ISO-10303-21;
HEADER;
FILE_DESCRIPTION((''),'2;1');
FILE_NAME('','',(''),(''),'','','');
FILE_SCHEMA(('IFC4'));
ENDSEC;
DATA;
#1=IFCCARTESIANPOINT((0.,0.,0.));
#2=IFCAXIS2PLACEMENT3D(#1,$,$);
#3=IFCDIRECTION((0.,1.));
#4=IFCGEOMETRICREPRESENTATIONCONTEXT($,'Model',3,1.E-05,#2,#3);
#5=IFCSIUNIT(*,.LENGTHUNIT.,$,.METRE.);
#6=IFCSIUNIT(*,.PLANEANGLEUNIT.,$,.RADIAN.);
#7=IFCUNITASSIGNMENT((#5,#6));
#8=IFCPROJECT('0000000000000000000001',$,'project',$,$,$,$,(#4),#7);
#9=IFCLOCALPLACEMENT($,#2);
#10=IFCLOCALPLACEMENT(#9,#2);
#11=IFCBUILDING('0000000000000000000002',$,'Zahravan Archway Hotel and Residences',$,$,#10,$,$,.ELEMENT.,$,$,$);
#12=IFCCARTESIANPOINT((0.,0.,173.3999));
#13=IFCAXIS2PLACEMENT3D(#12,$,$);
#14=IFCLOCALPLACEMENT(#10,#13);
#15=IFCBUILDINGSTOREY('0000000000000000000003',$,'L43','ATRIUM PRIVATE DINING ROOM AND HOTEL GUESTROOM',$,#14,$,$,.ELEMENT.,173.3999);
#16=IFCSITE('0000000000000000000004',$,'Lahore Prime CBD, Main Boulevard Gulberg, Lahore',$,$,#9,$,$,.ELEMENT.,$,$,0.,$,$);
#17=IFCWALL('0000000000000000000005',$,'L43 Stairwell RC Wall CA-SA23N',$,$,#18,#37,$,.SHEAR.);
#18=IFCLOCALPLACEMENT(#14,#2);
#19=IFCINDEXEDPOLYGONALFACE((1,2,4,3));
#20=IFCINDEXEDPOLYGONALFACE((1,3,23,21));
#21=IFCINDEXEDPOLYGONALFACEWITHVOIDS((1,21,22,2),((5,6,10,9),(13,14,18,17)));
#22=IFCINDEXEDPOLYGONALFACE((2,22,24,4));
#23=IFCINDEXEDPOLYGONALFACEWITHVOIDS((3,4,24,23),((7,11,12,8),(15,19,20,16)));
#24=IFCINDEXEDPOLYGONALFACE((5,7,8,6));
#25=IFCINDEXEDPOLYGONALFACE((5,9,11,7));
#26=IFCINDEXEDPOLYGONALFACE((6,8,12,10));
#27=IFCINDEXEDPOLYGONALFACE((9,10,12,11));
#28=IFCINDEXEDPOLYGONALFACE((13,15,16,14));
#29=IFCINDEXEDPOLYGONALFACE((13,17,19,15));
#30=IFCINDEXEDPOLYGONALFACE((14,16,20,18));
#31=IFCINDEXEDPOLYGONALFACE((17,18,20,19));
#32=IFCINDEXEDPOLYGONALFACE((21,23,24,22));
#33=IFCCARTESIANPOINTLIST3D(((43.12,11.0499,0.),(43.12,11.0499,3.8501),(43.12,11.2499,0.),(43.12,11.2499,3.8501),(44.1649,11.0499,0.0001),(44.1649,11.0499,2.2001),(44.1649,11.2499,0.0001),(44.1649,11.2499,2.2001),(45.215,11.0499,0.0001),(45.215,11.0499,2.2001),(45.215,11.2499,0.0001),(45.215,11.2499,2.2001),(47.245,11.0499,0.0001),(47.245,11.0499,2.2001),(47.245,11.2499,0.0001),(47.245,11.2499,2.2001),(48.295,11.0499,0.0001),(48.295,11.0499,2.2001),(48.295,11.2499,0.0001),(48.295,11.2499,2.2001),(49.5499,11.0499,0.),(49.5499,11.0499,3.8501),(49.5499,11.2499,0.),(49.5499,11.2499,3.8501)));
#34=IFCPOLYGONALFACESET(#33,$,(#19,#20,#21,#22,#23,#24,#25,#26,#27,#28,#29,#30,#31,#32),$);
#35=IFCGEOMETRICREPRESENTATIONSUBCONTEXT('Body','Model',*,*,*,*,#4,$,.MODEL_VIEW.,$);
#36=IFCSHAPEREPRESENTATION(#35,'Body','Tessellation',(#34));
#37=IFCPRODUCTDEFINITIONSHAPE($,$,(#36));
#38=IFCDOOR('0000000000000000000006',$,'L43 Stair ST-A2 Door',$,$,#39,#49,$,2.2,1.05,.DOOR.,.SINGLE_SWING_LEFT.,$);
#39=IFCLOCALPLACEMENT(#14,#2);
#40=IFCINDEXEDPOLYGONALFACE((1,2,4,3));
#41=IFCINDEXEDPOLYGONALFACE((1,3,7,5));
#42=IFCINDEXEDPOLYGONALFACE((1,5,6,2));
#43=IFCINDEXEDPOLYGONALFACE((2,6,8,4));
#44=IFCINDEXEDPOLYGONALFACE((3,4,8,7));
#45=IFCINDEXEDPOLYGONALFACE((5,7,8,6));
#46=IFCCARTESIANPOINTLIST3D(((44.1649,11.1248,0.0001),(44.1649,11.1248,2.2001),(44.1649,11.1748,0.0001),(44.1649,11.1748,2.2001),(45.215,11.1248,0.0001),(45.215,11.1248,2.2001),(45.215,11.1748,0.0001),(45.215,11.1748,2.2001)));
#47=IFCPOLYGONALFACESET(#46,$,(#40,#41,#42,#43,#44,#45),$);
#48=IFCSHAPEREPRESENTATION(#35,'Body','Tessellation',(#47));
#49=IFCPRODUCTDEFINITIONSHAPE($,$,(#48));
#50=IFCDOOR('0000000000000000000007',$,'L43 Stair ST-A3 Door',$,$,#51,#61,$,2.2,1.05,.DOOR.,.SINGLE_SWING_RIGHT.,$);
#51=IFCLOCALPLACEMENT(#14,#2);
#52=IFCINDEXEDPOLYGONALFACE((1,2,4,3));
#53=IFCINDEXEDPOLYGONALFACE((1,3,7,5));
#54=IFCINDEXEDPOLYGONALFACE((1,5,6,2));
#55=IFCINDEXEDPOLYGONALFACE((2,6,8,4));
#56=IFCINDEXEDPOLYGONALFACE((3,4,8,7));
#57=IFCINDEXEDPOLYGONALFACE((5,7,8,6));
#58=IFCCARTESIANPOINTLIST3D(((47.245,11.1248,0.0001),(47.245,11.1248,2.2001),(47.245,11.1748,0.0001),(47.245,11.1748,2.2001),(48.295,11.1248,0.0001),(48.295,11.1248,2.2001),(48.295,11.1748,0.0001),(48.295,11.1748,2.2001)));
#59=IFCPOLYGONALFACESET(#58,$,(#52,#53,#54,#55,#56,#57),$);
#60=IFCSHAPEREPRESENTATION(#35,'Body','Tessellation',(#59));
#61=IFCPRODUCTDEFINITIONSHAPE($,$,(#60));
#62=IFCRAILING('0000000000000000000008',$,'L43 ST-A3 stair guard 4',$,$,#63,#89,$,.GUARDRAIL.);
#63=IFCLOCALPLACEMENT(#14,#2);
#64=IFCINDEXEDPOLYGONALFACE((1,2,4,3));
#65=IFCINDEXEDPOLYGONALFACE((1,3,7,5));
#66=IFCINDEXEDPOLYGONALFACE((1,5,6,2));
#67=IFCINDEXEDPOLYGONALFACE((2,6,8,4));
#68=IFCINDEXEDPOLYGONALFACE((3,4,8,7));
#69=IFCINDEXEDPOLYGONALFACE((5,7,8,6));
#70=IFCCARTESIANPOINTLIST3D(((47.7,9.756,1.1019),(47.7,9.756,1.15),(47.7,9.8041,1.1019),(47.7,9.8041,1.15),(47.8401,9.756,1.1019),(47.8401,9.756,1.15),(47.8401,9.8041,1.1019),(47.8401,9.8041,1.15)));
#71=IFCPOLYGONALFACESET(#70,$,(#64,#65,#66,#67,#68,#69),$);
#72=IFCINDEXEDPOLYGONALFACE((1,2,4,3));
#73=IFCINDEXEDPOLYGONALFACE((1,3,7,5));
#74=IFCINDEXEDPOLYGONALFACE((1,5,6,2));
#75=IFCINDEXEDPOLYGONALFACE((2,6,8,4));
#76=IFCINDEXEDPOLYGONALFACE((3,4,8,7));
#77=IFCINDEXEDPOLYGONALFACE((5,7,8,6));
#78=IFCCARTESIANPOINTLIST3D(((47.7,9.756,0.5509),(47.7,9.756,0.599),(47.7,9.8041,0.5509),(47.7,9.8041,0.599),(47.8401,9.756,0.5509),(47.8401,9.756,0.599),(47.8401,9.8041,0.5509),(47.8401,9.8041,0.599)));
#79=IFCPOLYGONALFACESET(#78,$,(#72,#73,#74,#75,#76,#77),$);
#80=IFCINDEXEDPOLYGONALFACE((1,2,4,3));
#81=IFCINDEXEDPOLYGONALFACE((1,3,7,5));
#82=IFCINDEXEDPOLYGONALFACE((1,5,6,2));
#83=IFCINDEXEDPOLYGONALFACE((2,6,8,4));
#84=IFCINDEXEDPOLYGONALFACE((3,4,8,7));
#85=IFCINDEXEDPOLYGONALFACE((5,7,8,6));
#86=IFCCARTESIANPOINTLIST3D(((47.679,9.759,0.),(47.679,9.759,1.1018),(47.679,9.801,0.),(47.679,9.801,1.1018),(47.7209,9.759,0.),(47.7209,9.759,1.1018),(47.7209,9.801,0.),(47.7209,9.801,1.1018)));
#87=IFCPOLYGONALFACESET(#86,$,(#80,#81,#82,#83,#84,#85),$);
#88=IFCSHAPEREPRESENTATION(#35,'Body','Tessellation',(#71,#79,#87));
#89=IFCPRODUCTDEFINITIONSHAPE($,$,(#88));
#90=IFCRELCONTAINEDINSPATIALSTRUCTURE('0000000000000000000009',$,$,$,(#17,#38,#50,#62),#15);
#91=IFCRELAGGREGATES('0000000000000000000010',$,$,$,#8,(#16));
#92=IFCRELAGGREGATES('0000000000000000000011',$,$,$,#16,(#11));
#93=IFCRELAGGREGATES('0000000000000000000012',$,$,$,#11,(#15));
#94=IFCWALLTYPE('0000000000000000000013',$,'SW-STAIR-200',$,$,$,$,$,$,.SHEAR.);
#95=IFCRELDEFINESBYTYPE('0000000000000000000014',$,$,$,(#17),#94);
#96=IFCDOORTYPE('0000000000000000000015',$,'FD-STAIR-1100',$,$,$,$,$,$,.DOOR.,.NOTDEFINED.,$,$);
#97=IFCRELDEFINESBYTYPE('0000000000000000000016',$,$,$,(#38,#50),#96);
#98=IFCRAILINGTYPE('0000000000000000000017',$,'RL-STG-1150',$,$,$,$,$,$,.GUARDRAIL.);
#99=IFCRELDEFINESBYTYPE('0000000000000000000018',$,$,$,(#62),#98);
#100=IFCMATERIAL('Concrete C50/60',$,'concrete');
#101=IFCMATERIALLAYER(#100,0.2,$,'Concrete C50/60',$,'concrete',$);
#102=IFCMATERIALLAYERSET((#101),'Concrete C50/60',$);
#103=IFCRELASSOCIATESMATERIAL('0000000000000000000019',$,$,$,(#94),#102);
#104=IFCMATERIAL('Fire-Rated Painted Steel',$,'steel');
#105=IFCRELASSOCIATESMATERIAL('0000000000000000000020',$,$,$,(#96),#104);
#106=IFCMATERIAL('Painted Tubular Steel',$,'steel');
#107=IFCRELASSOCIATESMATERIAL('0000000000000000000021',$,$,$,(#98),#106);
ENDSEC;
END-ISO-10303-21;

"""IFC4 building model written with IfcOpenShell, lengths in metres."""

from ifc_helpers import new_model, si_unit, direction, frame, frame_2d, origin, origin_2d, place, context, subcontext, project, spatial, rectangle, extrude, source, transform, mapped, material, layer, layer_set, type_object, type_shapes, element, fill, save


model = new_model("IFC4")

# Units and contexts
model_context = context("Model", 3, precision=1e-05, world=origin(), true_north=direction((0.0, 1.0)))
body_context = subcontext(model_context, "Body", "Model", "MODEL_VIEW")
ifc_project = project(units=[si_unit("LENGTHUNIT", "METRE"), si_unit("PLANEANGLEUNIT", "RADIAN")], contexts=[model_context])

# Site, building, storey
site_placement = place(None, origin())
site = spatial("IfcSite", under=ifc_project, at=site_placement, Name="Lahore Prime CBD, Main Boulevard Gulberg, Lahore", CompositionType="ELEMENT", RefElevation=0.0)
building_placement = place(site_placement, origin())
building = spatial("IfcBuilding", under=site, at=building_placement, Name="Zahravan Archway Hotel and Residences", CompositionType="ELEMENT")
storey_placement = place(building_placement, frame((0.0, 0.0, 173.3999)))
storey = spatial("IfcBuildingStorey", under=building, at=storey_placement, Name="L43", Description="ATRIUM PRIVATE DINING ROOM AND HOTEL GUESTROOM", CompositionType="ELEMENT", Elevation=173.3999)

# Shared definitions
ifc_material_1 = material(Name="Fire-Rated Painted Steel", Category="steel")

# Wall, openings, doors
ifc_material_2 = material(Name="Concrete C50/60", Category="concrete")
ifc_layer_1 = layer(ifc_material_2, 0.2, Name="Concrete C50/60", Category="concrete")
ifc_layer_set_1 = layer_set([ifc_layer_1], Name="Concrete C50/60")
wall_type_1 = type_object("IfcWallType", Name="SW-STAIR-200", PredefinedType="SHEAR", material=ifc_layer_set_1)
wall_1_placement = place(storey_placement, frame((43.1201, 11.1499, 0.0), z_axis=(0.0, 0.0, 1.0), x_axis=(1.0, 0.0, 0.0)))
wall_1 = element("IfcWall", 1, at=wall_1_placement, inside=storey, type_object=wall_type_1, Name="L43 Stairwell RC Wall CA-SA23N", PredefinedType="SHEAR", context=body_context, shape_type="SweptSolid", body=[
    extrude(rectangle(XDim=6.4299, YDim=0.2, at=frame_2d((3.2148, 0.0))), origin(), (0.0, 0.0, 1.0), 3.8501),
])
opening_1_placement = place(wall_1_placement, frame((1.0449, 0.0, 0.0)))
opening_1 = element("IfcOpeningElement", 2, at=opening_1_placement, cuts=wall_1, PredefinedType="OPENING", context=body_context, shape_type="SweptSolid", body=[
    extrude(rectangle(XDim=1.05, YDim=2.2, at=frame_2d((0.5249, 1.1001))), frame((0.0, 0.1099, 0.0), z_axis=(0.0, -1.0, 0.0), x_axis=(1.0, 0.0, 0.0)), (0.0, 0.0, 1.0), 0.22),
])
opening_2_placement = place(wall_1_placement, frame((4.125, 0.0, 0.0)))
opening_2 = element("IfcOpeningElement", 3, at=opening_2_placement, cuts=wall_1, PredefinedType="OPENING", context=body_context, shape_type="SweptSolid", body=[
    extrude(rectangle(XDim=1.05, YDim=2.2, at=frame_2d((0.5249, 1.1001))), frame((0.0, 0.1099, 0.0), z_axis=(0.0, -1.0, 0.0), x_axis=(1.0, 0.0, 0.0)), (0.0, 0.0, 1.0), 0.22),
])
door_type_1 = type_object("IfcDoorType", Name="FD-STAIR-1100", OperationType="NOTDEFINED", PredefinedType="DOOR", material=ifc_material_1)
shared_shape_1 = source(origin(), body_context, "Body", "SweptSolid", [
    extrude(rectangle(XDim=1.05, YDim=2.2, at=frame_2d((0.5249, 1.1001))), frame((0.0, 0.0249, 0.0), z_axis=(0.0, -1.0, 0.0), x_axis=(1.0, 0.0, 0.0)), (0.0, 0.0, 1.0), 0.05),
])
type_shapes(door_type_1, [shared_shape_1])
door_1_placement = place(opening_1_placement, origin())
door_1 = element("IfcDoor", 4, at=door_1_placement, inside=storey, type_object=door_type_1, Name="L43 Stair ST-A2 Door", OperationType="SINGLE_SWING_LEFT", OverallHeight=2.2, OverallWidth=1.05, PredefinedType="DOOR", context=body_context, shape_type="MappedRepresentation", body=[
    mapped(shared_shape_1, transform((0.0, 0.0, 0.0), scale=1.0)),
])
fill(opening_1, door_1)
door_2_placement = place(opening_2_placement, origin())
door_2 = element("IfcDoor", 5, at=door_2_placement, inside=storey, type_object=door_type_1, Name="L43 Stair ST-A3 Door", OperationType="SINGLE_SWING_RIGHT", OverallHeight=2.2, OverallWidth=1.05, PredefinedType="DOOR", context=body_context, shape_type="MappedRepresentation", body=[
    mapped(shared_shape_1, transform((0.0, 0.0, 0.0), scale=1.0)),
])
fill(opening_2, door_2)

# Railing
ifc_material_3 = material(Name="Painted Tubular Steel", Category="steel")
railing_type_1 = type_object("IfcRailingType", Name="RL-STG-1150", PredefinedType="GUARDRAIL", material=ifc_material_3)
railing_1_placement = place(storey_placement, frame((47.7, 9.78, 0.0)))
element("IfcRailing", 6, at=railing_1_placement, inside=storey, type_object=railing_type_1, Name="L43 ST-A3 stair guard 4", PredefinedType="GUARDRAIL", context=body_context, shape_type="SweptSolid", body=[
    extrude(rectangle(XDim=0.0481, YDim=0.0481, at=origin_2d()), frame((0.0, 0.0, 1.126), z_axis=(1.0, 0.0, 0.0), x_axis=(0.0, 1.0, 0.0)), (0.0, 0.0, 1.0), 0.1401),
    extrude(rectangle(XDim=0.0481, YDim=0.0481, at=origin_2d()), frame((0.0, 0.0, 0.575), z_axis=(1.0, 0.0, 0.0), x_axis=(0.0, 1.0, 0.0)), (0.0, 0.0, 1.0), 0.1401),
    extrude(rectangle(XDim=0.042, YDim=0.042, at=origin_2d()), origin(), (0.0, 0.0, 1.0), 1.1018),
])

save(model, "model.ifc")
